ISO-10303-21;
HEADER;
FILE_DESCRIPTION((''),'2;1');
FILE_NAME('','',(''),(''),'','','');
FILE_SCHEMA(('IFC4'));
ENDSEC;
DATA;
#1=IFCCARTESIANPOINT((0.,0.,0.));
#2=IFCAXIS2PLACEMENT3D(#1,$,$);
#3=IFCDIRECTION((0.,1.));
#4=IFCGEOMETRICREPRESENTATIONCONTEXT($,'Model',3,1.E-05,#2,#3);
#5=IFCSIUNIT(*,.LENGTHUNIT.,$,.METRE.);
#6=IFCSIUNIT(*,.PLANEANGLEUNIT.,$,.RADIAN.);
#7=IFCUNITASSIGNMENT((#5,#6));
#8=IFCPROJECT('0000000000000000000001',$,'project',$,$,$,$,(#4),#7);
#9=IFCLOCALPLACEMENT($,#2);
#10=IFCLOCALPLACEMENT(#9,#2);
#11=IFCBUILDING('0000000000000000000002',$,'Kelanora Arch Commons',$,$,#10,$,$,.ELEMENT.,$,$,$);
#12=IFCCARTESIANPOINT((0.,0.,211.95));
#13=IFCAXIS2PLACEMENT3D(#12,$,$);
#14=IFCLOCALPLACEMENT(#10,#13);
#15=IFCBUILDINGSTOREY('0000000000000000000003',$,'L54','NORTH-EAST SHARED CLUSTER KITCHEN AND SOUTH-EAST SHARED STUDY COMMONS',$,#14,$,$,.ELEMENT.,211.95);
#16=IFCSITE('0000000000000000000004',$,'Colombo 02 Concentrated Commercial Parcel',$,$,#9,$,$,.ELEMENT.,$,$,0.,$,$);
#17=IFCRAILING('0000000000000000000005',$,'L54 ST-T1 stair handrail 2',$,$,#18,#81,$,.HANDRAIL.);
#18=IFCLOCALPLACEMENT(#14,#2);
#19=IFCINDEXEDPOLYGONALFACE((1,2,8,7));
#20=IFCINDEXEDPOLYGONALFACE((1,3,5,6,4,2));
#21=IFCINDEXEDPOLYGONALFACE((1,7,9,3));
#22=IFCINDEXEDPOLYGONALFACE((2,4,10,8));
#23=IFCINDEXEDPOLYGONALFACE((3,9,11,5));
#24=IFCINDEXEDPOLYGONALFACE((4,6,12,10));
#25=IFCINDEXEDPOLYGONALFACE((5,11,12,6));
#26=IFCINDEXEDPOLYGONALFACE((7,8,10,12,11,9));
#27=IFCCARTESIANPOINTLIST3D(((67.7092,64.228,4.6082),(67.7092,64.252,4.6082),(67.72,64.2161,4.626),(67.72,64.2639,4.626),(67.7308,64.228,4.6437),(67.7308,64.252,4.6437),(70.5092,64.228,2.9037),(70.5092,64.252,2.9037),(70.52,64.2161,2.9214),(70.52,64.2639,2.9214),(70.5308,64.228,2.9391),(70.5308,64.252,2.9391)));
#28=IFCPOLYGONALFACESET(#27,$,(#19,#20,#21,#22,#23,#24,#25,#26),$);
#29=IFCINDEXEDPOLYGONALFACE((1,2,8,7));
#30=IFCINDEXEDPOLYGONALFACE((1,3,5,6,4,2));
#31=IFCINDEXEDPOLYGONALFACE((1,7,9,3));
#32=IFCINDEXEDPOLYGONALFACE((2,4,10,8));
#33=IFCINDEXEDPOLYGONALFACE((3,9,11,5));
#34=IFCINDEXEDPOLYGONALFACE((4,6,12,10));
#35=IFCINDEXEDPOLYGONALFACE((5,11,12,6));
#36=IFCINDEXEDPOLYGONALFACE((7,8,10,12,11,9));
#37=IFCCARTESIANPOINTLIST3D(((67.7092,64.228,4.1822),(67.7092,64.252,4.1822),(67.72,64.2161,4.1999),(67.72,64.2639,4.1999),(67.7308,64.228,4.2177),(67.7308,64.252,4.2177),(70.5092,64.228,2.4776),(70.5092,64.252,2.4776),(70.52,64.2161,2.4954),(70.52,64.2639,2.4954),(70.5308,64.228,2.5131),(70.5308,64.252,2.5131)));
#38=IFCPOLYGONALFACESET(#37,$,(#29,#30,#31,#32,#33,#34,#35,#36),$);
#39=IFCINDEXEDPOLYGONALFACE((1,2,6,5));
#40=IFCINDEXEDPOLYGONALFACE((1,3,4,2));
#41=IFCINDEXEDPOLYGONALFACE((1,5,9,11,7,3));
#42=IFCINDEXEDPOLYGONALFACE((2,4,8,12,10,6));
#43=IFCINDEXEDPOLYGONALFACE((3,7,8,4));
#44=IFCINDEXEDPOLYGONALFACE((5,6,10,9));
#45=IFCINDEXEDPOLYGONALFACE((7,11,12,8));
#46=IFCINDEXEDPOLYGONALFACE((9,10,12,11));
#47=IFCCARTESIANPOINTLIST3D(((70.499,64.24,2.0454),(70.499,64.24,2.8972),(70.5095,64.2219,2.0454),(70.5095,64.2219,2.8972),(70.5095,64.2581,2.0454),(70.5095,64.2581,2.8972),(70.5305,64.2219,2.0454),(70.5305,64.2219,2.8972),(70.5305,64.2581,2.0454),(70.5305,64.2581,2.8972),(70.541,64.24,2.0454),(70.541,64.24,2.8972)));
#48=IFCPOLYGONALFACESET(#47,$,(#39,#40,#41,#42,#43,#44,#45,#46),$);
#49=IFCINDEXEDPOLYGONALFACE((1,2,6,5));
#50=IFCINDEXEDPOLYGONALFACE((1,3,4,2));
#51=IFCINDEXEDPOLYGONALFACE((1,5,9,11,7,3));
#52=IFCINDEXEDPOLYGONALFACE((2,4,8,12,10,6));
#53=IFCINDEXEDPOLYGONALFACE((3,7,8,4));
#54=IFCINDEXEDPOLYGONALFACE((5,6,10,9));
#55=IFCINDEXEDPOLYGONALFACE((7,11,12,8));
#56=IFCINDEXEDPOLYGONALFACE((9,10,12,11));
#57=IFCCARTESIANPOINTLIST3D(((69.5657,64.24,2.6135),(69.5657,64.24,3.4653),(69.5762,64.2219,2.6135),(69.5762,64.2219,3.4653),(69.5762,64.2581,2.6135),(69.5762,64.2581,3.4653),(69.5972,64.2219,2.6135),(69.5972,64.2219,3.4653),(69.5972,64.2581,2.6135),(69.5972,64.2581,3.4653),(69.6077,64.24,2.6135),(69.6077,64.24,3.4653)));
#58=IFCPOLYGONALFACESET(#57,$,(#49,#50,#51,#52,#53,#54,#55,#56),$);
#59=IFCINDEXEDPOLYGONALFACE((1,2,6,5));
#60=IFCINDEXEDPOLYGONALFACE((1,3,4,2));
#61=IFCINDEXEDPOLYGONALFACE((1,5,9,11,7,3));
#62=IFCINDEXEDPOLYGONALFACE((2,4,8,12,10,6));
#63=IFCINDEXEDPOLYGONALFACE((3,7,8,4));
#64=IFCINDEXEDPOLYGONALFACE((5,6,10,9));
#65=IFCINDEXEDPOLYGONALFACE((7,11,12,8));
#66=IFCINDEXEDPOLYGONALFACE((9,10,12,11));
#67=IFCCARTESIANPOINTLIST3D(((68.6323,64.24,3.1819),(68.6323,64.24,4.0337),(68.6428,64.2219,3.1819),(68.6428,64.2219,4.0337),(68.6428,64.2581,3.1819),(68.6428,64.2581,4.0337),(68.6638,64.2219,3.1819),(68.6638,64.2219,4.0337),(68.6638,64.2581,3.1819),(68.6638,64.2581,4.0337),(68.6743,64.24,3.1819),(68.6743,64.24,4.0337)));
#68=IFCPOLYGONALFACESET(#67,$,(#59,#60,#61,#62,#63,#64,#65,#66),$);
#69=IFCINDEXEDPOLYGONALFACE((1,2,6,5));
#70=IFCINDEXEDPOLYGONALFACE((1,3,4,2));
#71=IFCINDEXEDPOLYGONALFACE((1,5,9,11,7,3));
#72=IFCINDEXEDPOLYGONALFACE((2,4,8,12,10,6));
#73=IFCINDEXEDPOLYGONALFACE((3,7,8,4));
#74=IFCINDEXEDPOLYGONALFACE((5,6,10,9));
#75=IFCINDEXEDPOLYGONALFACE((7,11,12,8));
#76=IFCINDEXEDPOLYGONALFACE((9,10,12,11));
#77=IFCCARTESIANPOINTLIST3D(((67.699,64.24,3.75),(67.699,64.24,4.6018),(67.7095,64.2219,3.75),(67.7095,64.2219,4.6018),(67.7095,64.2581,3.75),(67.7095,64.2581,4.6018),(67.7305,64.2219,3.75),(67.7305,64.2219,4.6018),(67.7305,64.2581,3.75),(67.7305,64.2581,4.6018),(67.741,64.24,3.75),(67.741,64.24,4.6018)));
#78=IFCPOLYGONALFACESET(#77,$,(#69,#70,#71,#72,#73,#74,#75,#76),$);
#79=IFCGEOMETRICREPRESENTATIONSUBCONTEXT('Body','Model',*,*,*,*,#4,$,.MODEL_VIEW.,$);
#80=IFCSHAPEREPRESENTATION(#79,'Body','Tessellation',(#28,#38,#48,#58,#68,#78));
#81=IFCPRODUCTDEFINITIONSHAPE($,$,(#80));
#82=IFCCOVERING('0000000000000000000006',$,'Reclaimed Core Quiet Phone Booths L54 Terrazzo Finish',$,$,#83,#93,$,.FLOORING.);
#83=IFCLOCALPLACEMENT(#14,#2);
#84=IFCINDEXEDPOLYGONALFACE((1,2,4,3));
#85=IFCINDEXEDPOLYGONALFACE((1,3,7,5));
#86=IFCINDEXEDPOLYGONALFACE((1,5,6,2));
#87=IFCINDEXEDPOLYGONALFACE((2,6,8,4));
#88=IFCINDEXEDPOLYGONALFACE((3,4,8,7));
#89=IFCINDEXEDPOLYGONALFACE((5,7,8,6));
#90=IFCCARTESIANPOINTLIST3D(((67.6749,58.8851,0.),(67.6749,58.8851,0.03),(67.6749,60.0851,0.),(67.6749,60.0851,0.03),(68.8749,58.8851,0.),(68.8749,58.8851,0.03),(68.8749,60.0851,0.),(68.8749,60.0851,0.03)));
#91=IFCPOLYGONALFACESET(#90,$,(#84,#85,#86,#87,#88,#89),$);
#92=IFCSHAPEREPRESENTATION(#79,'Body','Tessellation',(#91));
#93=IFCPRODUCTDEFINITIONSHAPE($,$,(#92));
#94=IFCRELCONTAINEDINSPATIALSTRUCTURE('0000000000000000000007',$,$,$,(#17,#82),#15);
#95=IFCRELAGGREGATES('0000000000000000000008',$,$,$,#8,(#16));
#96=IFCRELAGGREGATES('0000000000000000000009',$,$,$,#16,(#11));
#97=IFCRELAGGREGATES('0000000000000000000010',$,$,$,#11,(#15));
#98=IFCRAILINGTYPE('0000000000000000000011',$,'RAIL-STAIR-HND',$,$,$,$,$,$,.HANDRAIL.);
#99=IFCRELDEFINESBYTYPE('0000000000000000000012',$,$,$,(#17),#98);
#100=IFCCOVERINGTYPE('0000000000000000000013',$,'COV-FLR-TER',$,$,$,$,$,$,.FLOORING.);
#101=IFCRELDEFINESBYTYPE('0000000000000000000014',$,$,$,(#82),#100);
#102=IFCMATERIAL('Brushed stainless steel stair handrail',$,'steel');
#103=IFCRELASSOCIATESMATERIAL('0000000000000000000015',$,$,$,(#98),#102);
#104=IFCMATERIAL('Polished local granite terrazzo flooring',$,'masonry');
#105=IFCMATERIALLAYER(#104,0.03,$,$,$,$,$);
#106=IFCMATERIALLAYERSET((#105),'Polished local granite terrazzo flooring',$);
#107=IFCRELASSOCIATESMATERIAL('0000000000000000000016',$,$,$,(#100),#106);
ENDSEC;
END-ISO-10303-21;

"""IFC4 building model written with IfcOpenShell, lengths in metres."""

from ifc_helpers import new_model, si_unit, direction, frame, origin, origin_2d, place, context, subcontext, project, spatial, polyline, rectangle, outline, extrude, source, transform, mapped, material, layer, layer_set, type_object, element, save


model = new_model("IFC4")

# Units and contexts
model_context = context("Model", 3, precision=1e-05, world=origin(), true_north=direction((0.0, 1.0)))
body_context = subcontext(model_context, "Body", "Model", "MODEL_VIEW")
ifc_project = project(units=[si_unit("LENGTHUNIT", "METRE"), si_unit("PLANEANGLEUNIT", "RADIAN")], contexts=[model_context])

# Site, building, storey
site_placement = place(None, origin())
site = spatial("IfcSite", under=ifc_project, at=site_placement, Name="Colombo 02 Concentrated Commercial Parcel", CompositionType="ELEMENT", RefElevation=0.0)
building_placement = place(site_placement, origin())
building = spatial("IfcBuilding", under=site, at=building_placement, Name="Kelanora Arch Commons", CompositionType="ELEMENT")
storey_placement = place(building_placement, frame((0.0, 0.0, 211.95)))
storey = spatial("IfcBuildingStorey", under=building, at=storey_placement, Name="L54", Description="NORTH-EAST SHARED CLUSTER KITCHEN AND SOUTH-EAST SHARED STUDY COMMONS", CompositionType="ELEMENT", Elevation=211.95)

# Railing
ifc_material_1 = material(Name="Brushed stainless steel stair handrail", Category="steel")
railing_type_1 = type_object("IfcRailingType", Name="RAIL-STAIR-HND", PredefinedType="HANDRAIL", material=ifc_material_1)
railing_1_placement = place(storey_placement, frame((70.52, 64.24, 2.0454)))
element("IfcRailing", 1, at=railing_1_placement, inside=storey, type_object=railing_type_1, Name="L54 ST-T1 stair handrail 2", PredefinedType="HANDRAIL", context=body_context, shape_type="SweptSolid", body=[
    extrude(outline(polyline([(0.0239, 0.0), (0.012, 0.0208), (-0.012, 0.0208), (-0.0239, 0.0), (-0.012, -0.0208), (0.012, -0.0208), (0.0239, 0.0)])), frame((0.0, 0.0, 0.876), z_axis=(-0.85417, 0.0, 0.519994), x_axis=(0.0, -1.0, 0.0)), (0.0, 0.0, 1.0), 3.2781),
    extrude(outline(polyline([(0.0239, 0.0), (0.012, 0.0208), (-0.012, 0.0208), (-0.0239, 0.0), (-0.012, -0.0208), (0.012, -0.0208), (0.0239, 0.0)])), frame((0.0, 0.0, 0.45), z_axis=(-0.85417, 0.0, 0.519994), x_axis=(0.0, -1.0, 0.0)), (0.0, 0.0, 1.0), 3.2781),
    extrude(outline(polyline([(0.021, 0.0), (0.0105, 0.0181), (-0.0105, 0.0181), (-0.021, 0.0), (-0.0105, -0.0181), (0.0105, -0.0181), (0.021, 0.0)])), origin(), (0.0, 0.0, 1.0), 0.8518),
    extrude(outline(polyline([(0.021, 0.0), (0.0105, 0.0181), (-0.0105, 0.0181), (-0.021, 0.0), (-0.0105, -0.0181), (0.0105, -0.0181), (0.021, 0.0)])), frame((-0.9333, 0.0, 0.5681)), (0.0, 0.0, 1.0), 0.8518),
    extrude(outline(polyline([(0.021, 0.0), (0.0105, 0.0181), (-0.0105, 0.0181), (-0.021, 0.0), (-0.0105, -0.0181), (0.0105, -0.0181), (0.021, 0.0)])), frame((-1.8667, 0.0, 1.1365)), (0.0, 0.0, 1.0), 0.8518),
    extrude(outline(polyline([(0.021, 0.0), (0.0105, 0.0181), (-0.0105, 0.0181), (-0.021, 0.0), (-0.0105, -0.0181), (0.0105, -0.0181), (0.021, 0.0)])), frame((-2.8, 0.0, 1.7046)), (0.0, 0.0, 1.0), 0.8518),
])

# Covering
ifc_material_2 = material(Name="Polished local granite terrazzo flooring", Category="masonry")
ifc_layer_1 = layer(ifc_material_2, 0.03)
ifc_layer_set_1 = layer_set([ifc_layer_1], Name="Polished local granite terrazzo flooring")
covering_type = type_object("IfcCoveringType", Name="COV-FLR-TER", PredefinedType="FLOORING", material=ifc_layer_set_1)
shared_shape = source(origin(), body_context, "Body", "SweptSolid", [
    extrude(rectangle(XDim=1.2, YDim=1.2, at=origin_2d()), origin(), (0.0, 0.0, 1.0), 0.03),
])
covering_placement = place(storey_placement, frame((68.2749, 59.4851, 0.0), z_axis=(0.0, 0.0, 1.0), x_axis=(1.0, 0.0, 0.0)))
element("IfcCovering", 2, at=covering_placement, inside=storey, type_object=covering_type, Name="Reclaimed Core Quiet Phone Booths L54 Terrazzo Finish", PredefinedType="FLOORING", context=body_context, shape_type="MappedRepresentation", body=[
    mapped(shared_shape, transform((0.0, 0.0, 0.0), scale=1.0)),
])

save(model, "model.ifc")
